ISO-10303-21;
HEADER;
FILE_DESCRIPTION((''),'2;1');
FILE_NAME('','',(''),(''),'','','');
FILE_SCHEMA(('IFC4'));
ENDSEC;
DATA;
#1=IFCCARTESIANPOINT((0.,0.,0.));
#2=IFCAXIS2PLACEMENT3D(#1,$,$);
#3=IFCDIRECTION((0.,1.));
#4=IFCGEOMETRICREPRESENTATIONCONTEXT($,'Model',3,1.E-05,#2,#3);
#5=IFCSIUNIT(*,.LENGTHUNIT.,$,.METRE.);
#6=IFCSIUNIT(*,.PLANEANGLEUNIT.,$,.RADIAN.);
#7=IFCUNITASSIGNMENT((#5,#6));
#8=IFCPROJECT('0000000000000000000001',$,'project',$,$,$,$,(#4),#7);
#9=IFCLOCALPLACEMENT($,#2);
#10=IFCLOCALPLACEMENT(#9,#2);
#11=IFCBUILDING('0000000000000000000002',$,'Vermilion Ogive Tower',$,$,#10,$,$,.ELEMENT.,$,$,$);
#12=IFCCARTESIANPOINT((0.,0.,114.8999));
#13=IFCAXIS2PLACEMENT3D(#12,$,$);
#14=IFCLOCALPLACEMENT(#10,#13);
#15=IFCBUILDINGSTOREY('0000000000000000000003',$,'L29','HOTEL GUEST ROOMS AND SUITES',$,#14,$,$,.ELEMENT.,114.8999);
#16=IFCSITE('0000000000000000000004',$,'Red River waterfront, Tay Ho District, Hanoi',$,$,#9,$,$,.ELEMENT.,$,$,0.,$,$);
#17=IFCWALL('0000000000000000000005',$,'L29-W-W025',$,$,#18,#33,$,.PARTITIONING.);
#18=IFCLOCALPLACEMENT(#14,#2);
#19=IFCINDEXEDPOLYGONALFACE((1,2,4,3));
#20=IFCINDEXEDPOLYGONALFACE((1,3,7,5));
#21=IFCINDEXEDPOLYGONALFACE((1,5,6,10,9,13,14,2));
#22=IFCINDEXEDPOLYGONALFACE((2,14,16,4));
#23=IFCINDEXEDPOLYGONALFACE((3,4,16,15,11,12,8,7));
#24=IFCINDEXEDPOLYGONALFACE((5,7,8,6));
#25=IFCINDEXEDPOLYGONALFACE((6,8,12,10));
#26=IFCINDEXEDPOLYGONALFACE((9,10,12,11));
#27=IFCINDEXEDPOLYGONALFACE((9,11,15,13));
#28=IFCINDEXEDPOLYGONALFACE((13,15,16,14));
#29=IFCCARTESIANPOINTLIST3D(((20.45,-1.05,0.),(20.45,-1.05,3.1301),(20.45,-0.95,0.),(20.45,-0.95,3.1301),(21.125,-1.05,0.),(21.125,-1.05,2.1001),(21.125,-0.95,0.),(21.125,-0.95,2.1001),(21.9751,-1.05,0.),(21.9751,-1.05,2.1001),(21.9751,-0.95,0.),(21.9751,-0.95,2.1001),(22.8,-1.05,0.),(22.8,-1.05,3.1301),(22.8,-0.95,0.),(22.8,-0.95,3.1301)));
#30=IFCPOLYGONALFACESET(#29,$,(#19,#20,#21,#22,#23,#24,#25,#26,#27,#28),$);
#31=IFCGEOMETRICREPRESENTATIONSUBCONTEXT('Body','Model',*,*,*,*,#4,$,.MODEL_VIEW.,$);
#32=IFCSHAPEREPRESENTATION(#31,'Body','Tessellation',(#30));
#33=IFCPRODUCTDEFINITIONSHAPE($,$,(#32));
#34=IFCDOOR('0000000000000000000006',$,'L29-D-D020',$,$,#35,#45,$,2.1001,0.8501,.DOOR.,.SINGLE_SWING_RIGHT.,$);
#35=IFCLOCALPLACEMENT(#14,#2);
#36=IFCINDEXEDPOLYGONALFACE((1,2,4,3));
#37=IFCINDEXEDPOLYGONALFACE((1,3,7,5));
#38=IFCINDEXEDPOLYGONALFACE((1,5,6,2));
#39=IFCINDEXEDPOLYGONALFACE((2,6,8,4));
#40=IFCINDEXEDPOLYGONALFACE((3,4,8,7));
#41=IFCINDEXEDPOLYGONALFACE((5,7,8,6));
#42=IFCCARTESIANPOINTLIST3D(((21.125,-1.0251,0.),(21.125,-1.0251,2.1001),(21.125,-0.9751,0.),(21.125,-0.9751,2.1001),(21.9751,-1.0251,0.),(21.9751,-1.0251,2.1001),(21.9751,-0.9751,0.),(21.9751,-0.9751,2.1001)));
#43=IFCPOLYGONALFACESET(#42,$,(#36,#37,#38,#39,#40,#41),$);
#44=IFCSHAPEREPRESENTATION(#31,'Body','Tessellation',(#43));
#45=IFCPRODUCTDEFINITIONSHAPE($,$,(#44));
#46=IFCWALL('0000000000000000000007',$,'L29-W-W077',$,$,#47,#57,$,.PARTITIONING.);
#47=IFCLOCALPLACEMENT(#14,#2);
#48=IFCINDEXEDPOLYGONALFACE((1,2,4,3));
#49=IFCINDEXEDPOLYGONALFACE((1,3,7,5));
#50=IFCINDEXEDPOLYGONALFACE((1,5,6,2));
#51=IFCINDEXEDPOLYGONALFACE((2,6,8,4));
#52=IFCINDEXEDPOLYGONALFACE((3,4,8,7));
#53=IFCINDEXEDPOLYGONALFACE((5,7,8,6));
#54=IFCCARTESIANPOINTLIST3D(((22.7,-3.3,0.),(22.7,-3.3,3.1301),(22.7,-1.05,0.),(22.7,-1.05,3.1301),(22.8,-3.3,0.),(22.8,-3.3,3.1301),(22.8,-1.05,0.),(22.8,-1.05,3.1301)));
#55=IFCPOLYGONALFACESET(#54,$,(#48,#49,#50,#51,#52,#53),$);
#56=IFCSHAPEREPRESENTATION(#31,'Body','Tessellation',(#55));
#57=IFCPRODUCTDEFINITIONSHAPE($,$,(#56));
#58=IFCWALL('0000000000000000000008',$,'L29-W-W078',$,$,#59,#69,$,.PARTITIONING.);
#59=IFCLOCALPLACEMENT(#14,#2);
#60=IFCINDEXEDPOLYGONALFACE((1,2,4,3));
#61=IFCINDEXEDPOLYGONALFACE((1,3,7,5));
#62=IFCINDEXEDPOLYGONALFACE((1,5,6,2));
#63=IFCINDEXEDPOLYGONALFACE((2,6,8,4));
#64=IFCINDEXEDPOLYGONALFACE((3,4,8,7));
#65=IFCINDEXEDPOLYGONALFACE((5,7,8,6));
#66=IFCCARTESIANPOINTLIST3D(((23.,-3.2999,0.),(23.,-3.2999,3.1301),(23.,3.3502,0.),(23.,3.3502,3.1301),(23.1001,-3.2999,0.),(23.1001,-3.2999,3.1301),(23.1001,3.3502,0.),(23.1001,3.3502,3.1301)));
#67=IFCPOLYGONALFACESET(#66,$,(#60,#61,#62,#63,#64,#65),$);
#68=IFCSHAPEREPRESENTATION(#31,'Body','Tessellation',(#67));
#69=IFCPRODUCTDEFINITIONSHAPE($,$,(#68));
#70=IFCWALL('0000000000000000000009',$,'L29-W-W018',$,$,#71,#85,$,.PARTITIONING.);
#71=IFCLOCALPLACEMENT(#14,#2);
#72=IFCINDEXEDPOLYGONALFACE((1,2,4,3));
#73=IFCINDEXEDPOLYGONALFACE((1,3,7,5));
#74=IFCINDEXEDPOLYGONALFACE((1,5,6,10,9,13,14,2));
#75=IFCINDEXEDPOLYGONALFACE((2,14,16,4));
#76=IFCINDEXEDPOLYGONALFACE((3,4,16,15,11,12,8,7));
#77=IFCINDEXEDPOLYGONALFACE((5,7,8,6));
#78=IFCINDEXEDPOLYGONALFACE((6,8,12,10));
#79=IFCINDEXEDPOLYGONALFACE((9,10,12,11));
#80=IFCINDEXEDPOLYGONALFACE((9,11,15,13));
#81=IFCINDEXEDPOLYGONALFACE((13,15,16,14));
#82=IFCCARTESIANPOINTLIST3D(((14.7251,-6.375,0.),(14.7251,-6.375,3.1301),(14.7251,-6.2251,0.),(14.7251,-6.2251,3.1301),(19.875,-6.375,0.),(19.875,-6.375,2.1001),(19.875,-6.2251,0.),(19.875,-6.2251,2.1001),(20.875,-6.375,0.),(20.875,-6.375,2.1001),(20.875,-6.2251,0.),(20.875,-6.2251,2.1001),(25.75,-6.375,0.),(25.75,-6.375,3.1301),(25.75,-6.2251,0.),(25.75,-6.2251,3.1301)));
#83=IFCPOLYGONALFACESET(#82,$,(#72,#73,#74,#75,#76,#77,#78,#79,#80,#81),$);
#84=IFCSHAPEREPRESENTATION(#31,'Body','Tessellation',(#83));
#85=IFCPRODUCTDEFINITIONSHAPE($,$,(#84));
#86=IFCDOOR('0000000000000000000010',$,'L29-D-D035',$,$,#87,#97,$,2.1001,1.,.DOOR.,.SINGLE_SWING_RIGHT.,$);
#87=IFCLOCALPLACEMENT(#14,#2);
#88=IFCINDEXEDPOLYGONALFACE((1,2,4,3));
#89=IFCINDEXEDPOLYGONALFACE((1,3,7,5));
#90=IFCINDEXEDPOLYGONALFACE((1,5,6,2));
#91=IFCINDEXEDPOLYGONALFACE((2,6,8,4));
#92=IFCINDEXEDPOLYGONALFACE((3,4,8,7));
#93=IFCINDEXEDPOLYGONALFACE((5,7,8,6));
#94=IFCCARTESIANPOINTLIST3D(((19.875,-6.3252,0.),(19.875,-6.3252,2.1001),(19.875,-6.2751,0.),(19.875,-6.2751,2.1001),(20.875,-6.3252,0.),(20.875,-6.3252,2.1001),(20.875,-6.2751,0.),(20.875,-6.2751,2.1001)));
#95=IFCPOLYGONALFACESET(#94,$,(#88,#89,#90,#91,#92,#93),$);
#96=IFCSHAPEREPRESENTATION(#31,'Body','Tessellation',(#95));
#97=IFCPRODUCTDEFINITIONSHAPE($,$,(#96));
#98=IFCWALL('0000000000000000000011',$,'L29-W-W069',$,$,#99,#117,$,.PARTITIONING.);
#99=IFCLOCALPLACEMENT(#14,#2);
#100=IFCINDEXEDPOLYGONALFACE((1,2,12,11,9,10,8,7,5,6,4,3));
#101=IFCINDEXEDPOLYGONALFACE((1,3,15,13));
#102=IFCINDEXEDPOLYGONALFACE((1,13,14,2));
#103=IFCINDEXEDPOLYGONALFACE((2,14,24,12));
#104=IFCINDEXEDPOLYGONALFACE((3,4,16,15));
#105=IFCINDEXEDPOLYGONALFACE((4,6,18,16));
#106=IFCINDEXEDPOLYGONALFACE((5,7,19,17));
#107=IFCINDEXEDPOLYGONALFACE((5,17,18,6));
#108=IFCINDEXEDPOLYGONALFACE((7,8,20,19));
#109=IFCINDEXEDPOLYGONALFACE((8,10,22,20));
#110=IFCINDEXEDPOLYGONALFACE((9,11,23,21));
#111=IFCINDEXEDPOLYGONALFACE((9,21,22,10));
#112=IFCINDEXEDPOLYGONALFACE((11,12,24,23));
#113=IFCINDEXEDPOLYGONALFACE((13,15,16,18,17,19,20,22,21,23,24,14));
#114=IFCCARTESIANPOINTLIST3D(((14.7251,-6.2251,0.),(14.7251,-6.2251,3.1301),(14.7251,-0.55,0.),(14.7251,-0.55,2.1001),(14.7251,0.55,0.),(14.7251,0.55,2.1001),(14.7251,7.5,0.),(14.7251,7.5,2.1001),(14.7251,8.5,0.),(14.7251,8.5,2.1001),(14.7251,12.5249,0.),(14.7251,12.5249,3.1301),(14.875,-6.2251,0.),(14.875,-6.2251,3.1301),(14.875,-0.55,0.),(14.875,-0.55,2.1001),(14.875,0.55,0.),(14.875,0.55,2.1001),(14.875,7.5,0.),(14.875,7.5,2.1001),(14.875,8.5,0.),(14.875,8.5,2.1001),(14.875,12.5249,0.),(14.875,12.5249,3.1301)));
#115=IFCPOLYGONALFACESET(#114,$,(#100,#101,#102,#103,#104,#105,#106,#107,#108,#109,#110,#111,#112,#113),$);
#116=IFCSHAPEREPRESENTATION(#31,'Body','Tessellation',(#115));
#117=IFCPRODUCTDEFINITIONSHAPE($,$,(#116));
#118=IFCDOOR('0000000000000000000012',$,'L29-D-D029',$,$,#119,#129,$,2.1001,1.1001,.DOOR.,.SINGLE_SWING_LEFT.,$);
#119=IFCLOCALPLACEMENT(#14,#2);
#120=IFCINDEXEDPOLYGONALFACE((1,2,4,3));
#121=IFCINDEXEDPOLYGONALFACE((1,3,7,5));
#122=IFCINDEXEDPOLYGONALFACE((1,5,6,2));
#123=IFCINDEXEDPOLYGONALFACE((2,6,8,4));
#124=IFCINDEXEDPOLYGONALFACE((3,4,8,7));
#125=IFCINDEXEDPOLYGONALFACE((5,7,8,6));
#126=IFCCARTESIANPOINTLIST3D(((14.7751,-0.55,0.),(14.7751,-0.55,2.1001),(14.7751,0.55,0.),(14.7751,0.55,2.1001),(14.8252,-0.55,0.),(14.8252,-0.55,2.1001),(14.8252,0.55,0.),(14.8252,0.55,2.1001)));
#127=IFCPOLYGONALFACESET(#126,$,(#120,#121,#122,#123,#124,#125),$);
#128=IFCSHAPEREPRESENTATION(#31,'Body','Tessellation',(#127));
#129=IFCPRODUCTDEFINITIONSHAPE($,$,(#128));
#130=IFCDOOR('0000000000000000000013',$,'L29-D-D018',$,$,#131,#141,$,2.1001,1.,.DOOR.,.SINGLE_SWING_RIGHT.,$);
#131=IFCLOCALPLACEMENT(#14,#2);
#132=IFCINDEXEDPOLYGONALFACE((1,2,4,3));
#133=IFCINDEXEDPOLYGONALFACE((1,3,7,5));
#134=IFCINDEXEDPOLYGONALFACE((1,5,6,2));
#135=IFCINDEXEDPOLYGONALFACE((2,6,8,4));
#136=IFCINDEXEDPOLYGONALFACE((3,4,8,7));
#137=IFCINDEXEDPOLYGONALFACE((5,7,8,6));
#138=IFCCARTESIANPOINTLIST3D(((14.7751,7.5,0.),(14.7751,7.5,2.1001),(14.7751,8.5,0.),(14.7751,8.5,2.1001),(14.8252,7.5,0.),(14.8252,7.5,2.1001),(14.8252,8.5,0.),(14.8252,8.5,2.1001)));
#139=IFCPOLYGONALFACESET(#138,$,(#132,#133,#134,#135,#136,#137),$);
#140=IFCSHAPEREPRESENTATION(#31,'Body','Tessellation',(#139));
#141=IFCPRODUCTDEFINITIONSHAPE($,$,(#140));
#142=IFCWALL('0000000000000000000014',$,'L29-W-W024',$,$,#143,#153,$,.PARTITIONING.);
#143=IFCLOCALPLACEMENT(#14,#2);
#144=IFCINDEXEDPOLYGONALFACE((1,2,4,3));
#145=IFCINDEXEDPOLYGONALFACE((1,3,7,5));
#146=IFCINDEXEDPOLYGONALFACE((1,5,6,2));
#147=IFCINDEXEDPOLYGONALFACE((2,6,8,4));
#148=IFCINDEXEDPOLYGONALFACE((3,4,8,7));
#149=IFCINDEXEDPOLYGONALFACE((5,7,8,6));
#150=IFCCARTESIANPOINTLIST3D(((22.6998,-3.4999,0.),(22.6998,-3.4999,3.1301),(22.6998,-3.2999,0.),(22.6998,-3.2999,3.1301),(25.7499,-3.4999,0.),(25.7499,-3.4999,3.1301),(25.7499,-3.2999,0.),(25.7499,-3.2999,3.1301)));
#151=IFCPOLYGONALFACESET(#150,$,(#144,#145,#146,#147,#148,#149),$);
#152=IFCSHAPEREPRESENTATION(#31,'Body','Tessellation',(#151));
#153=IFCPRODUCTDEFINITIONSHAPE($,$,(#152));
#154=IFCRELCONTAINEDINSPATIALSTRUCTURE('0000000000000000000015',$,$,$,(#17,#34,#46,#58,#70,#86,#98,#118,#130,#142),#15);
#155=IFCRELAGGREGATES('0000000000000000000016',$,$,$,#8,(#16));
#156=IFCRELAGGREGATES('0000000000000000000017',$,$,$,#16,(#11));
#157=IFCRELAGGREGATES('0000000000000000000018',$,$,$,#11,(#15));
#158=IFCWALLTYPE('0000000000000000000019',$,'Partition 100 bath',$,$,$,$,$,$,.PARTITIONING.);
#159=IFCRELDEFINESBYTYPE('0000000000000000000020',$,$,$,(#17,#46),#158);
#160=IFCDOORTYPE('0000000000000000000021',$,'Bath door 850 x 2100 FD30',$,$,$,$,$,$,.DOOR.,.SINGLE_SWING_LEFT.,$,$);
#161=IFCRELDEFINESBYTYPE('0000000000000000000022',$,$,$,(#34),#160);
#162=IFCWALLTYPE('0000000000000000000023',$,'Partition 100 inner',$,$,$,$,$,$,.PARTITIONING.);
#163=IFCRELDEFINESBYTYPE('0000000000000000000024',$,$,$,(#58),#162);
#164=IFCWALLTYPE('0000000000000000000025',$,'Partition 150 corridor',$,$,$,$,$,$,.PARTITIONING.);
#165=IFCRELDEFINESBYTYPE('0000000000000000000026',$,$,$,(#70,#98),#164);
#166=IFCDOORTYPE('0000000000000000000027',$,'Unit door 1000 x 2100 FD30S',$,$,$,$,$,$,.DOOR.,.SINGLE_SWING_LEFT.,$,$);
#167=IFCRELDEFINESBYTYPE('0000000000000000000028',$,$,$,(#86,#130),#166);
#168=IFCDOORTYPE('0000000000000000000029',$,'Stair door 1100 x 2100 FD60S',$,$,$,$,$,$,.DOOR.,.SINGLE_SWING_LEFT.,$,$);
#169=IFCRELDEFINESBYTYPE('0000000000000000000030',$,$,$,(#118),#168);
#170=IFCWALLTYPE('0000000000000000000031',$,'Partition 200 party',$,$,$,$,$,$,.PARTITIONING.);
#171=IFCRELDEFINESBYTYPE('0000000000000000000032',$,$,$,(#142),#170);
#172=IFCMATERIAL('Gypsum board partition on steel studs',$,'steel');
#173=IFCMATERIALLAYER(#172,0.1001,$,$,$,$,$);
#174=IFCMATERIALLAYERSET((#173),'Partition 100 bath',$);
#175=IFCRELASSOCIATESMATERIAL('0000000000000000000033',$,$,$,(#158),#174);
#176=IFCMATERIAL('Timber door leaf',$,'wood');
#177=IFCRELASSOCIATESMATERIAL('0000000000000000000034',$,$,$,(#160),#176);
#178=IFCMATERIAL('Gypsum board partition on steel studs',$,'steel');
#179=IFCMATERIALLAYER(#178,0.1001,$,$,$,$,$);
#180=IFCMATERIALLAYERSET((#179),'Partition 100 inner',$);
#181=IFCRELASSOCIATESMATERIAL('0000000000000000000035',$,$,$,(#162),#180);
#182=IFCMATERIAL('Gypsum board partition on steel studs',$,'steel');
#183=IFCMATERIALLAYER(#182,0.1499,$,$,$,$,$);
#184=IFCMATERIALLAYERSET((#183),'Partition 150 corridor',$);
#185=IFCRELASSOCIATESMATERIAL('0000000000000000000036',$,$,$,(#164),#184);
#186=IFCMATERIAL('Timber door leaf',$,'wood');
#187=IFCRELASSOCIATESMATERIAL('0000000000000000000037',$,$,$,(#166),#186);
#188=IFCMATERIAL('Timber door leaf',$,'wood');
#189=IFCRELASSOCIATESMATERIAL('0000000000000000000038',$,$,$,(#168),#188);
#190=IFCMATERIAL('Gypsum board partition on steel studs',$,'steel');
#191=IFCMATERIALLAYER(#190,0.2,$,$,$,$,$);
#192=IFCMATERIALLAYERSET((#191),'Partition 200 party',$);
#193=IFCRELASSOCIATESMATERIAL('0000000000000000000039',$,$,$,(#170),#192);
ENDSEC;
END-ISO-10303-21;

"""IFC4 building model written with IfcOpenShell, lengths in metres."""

from ifc_helpers import new_model, si_unit, direction, frame, frame_2d, origin, place, context, subcontext, project, spatial, rectangle, extrude, material, layer, layer_set, type_object, element, fill, save


model = new_model("IFC4")

# Units and contexts
model_context = context("Model", 3, precision=1e-05, world=origin(), true_north=direction((0.0, 1.0)))
body_context = subcontext(model_context, "Body", "Model", "MODEL_VIEW")
ifc_project = project(units=[si_unit("LENGTHUNIT", "METRE"), si_unit("PLANEANGLEUNIT", "RADIAN")], contexts=[model_context])

# Site, building, storey
site_placement = place(None, origin())
site = spatial("IfcSite", under=ifc_project, at=site_placement, Name="Red River waterfront, Tay Ho District, Hanoi", CompositionType="ELEMENT", RefElevation=0.0)
building_placement = place(site_placement, origin())
building = spatial("IfcBuilding", under=site, at=building_placement, Name="Vermilion Ogive Tower", CompositionType="ELEMENT")
storey_placement = place(building_placement, frame((0.0, 0.0, 114.8999)))
storey = spatial("IfcBuildingStorey", under=building, at=storey_placement, Name="L29", Description="HOTEL GUEST ROOMS AND SUITES", CompositionType="ELEMENT", Elevation=114.8999)

# Shared definitions
ifc_material_1 = material(Name="Gypsum board partition on steel studs", Category="steel")
ifc_layer_1 = layer(ifc_material_1, 0.1001)
ifc_layer_set_1 = layer_set([ifc_layer_1], Name="Partition 100 bath")
wall_type_1 = type_object("IfcWallType", Name="Partition 100 bath", PredefinedType="PARTITIONING", material=ifc_layer_set_1)

# Wall, opening, door
wall_1_placement = place(storey_placement, frame((20.45, -1.0, 0.0), z_axis=(0.0, 0.0, 1.0), x_axis=(1.0, 0.0, 0.0)))
wall_1 = element("IfcWall", 1, at=wall_1_placement, inside=storey, type_object=wall_type_1, Name="L29-W-W025", PredefinedType="PARTITIONING", context=body_context, shape_type="SweptSolid", body=[
    extrude(rectangle(XDim=2.3501, YDim=0.1001, at=frame_2d((1.175, 0.0))), origin(), (0.0, 0.0, 1.0), 3.1301),
])
opening_1_placement = place(wall_1_placement, frame((0.675, 0.0, 0.0)))
opening_1 = element("IfcOpeningElement", 2, at=opening_1_placement, cuts=wall_1, PredefinedType="OPENING", context=body_context, shape_type="SweptSolid", body=[
    extrude(rectangle(XDim=0.8501, YDim=2.1001, at=frame_2d((0.425, 1.05))), frame((0.0, 0.0601, 0.0), z_axis=(0.0, -1.0, 0.0), x_axis=(1.0, 0.0, 0.0)), (0.0, 0.0, 1.0), 0.1201),
])
ifc_material_2 = material(Name="Timber door leaf", Category="wood")
door_type_1 = type_object("IfcDoorType", Name="Bath door 850 x 2100 FD30", OperationType="SINGLE_SWING_LEFT", PredefinedType="DOOR", material=ifc_material_2)
door_1_placement = place(opening_1_placement, origin())
door_1 = element("IfcDoor", 3, at=door_1_placement, inside=storey, type_object=door_type_1, Name="L29-D-D020", OperationType="SINGLE_SWING_RIGHT", OverallHeight=2.1001, OverallWidth=0.8501, PredefinedType="DOOR", context=body_context, shape_type="SweptSolid", body=[
    extrude(rectangle(XDim=0.8501, YDim=2.1001, at=frame_2d((0.425, 1.05))), frame((0.0, 0.0249, 0.0), z_axis=(0.0, -1.0, 0.0), x_axis=(1.0, 0.0, 0.0)), (0.0, 0.0, 1.0), 0.05),
])
fill(opening_1, door_1)

# Walls
wall_2_placement = place(storey_placement, frame((22.75, -3.3, 0.0), z_axis=(0.0, 0.0, 1.0), x_axis=(0.0, 1.0, 0.0)))
element("IfcWall", 4, at=wall_2_placement, inside=storey, type_object=wall_type_1, Name="L29-W-W077", PredefinedType="PARTITIONING", context=body_context, shape_type="SweptSolid", body=[
    extrude(rectangle(XDim=2.25, YDim=0.1001, at=frame_2d((1.125, 0.0))), origin(), (0.0, 0.0, 1.0), 3.1301),
])
ifc_material_3 = material(Name="Gypsum board partition on steel studs", Category="steel")
ifc_layer_2 = layer(ifc_material_3, 0.1001)
ifc_layer_set_2 = layer_set([ifc_layer_2], Name="Partition 100 inner")
wall_type_2 = type_object("IfcWallType", Name="Partition 100 inner", PredefinedType="PARTITIONING", material=ifc_layer_set_2)
wall_3_placement = place(storey_placement, frame((23.05, -3.3, 0.0), z_axis=(0.0, 0.0, 1.0), x_axis=(0.0, 1.0, 0.0)))
element("IfcWall", 5, at=wall_3_placement, inside=storey, type_object=wall_type_2, Name="L29-W-W078", PredefinedType="PARTITIONING", context=body_context, shape_type="SweptSolid", body=[
    extrude(rectangle(XDim=6.6501, YDim=0.1001, at=frame_2d((3.3252, 0.0))), origin(), (0.0, 0.0, 1.0), 3.1301),
])

# Wall, opening, door
ifc_material_4 = material(Name="Gypsum board partition on steel studs", Category="steel")
ifc_layer_3 = layer(ifc_material_4, 0.1499)
ifc_layer_set_3 = layer_set([ifc_layer_3], Name="Partition 150 corridor")
wall_type_3 = type_object("IfcWallType", Name="Partition 150 corridor", PredefinedType="PARTITIONING", material=ifc_layer_set_3)
wall_4_placement = place(storey_placement, frame((14.7251, -6.3, 0.0), z_axis=(0.0, 0.0, 1.0), x_axis=(1.0, 0.0, 0.0)))
wall_4 = element("IfcWall", 6, at=wall_4_placement, inside=storey, type_object=wall_type_3, Name="L29-W-W018", PredefinedType="PARTITIONING", context=body_context, shape_type="SweptSolid", body=[
    extrude(rectangle(XDim=11.0249, YDim=0.1499, at=frame_2d((5.5125, 0.0))), origin(), (0.0, 0.0, 1.0), 3.1301),
])
opening_2_placement = place(wall_4_placement, frame((5.1499, 0.0, 0.0)))
opening_2 = element("IfcOpeningElement", 7, at=opening_2_placement, cuts=wall_4, PredefinedType="OPENING", context=body_context, shape_type="SweptSolid", body=[
    extrude(rectangle(XDim=1.0, YDim=2.1001, at=frame_2d((0.5, 1.05))), frame((0.0, 0.085, 0.0), z_axis=(0.0, -1.0, 0.0), x_axis=(1.0, 0.0, 0.0)), (0.0, 0.0, 1.0), 0.1699),
])
ifc_material_5 = material(Name="Timber door leaf", Category="wood")
door_type_2 = type_object("IfcDoorType", Name="Unit door 1000 x 2100 FD30S", OperationType="SINGLE_SWING_LEFT", PredefinedType="DOOR", material=ifc_material_5)
door_2_placement = place(opening_2_placement, origin())
door_2 = element("IfcDoor", 8, at=door_2_placement, inside=storey, type_object=door_type_2, Name="L29-D-D035", OperationType="SINGLE_SWING_RIGHT", OverallHeight=2.1001, OverallWidth=1.0, PredefinedType="DOOR", context=body_context, shape_type="SweptSolid", body=[
    extrude(rectangle(XDim=1.0, YDim=2.1001, at=frame_2d((0.5, 1.05))), frame((0.0, 0.0249, 0.0), z_axis=(0.0, -1.0, 0.0), x_axis=(1.0, 0.0, 0.0)), (0.0, 0.0, 1.0), 0.05),
])
fill(opening_2, door_2)

# Wall, openings, doors
wall_5_placement = place(storey_placement, frame((14.8, -6.2251, 0.0), z_axis=(0.0, 0.0, 1.0), x_axis=(0.0, 1.0, 0.0)))
wall_5 = element("IfcWall", 9, at=wall_5_placement, inside=storey, type_object=wall_type_3, Name="L29-W-W069", PredefinedType="PARTITIONING", context=body_context, shape_type="SweptSolid", body=[
    extrude(rectangle(XDim=18.75, YDim=0.1499, at=frame_2d((9.375, 0.0))), origin(), (0.0, 0.0, 1.0), 3.1301),
])
opening_3_placement = place(wall_5_placement, frame((13.7251, 0.0, 0.0)))
opening_3 = element("IfcOpeningElement", 10, at=opening_3_placement, cuts=wall_5, PredefinedType="OPENING", context=body_context, shape_type="SweptSolid", body=[
    extrude(rectangle(XDim=1.0, YDim=2.1001, at=frame_2d((0.5, 1.05))), frame((0.0, 0.085, 0.0), z_axis=(0.0, -1.0, 0.0), x_axis=(1.0, 0.0, 0.0)), (0.0, 0.0, 1.0), 0.1699),
])
opening_4_placement = place(wall_5_placement, frame((5.675, 0.0, 0.0)))
opening_4 = element("IfcOpeningElement", 11, at=opening_4_placement, cuts=wall_5, PredefinedType="OPENING", context=body_context, shape_type="SweptSolid", body=[
    extrude(rectangle(XDim=1.1001, YDim=2.1001, at=frame_2d((0.55, 1.05))), frame((0.0, 0.085, 0.0), z_axis=(0.0, -1.0, 0.0), x_axis=(1.0, 0.0, 0.0)), (0.0, 0.0, 1.0), 0.1699),
])
ifc_material_6 = material(Name="Timber door leaf", Category="wood")
door_type_3 = type_object("IfcDoorType", Name="Stair door 1100 x 2100 FD60S", OperationType="SINGLE_SWING_LEFT", PredefinedType="DOOR", material=ifc_material_6)
door_3_placement = place(opening_4_placement, origin())
door_3 = element("IfcDoor", 12, at=door_3_placement, inside=storey, type_object=door_type_3, Name="L29-D-D029", OperationType="SINGLE_SWING_LEFT", OverallHeight=2.1001, OverallWidth=1.1001, PredefinedType="DOOR", context=body_context, shape_type="SweptSolid", body=[
    extrude(rectangle(XDim=1.1001, YDim=2.1001, at=frame_2d((0.55, 1.05))), frame((0.0, 0.0249, 0.0), z_axis=(0.0, -1.0, 0.0), x_axis=(1.0, 0.0, 0.0)), (0.0, 0.0, 1.0), 0.05),
])
fill(opening_4, door_3)
door_4_placement = place(opening_3_placement, origin())
door_4 = element("IfcDoor", 13, at=door_4_placement, inside=storey, type_object=door_type_2, Name="L29-D-D018", OperationType="SINGLE_SWING_RIGHT", OverallHeight=2.1001, OverallWidth=1.0, PredefinedType="DOOR", context=body_context, shape_type="SweptSolid", body=[
    extrude(rectangle(XDim=1.0, YDim=2.1001, at=frame_2d((0.5, 1.05))), frame((0.0, 0.0249, 0.0), z_axis=(0.0, -1.0, 0.0), x_axis=(1.0, 0.0, 0.0)), (0.0, 0.0, 1.0), 0.05),
])
fill(opening_3, door_4)

# Wall
ifc_material_7 = material(Name="Gypsum board partition on steel studs", Category="steel")
ifc_layer_4 = layer(ifc_material_7, 0.2)
ifc_layer_set_4 = layer_set([ifc_layer_4], Name="Partition 200 party")
wall_type_4 = type_object("IfcWallType", Name="Partition 200 party", PredefinedType="PARTITIONING", material=ifc_layer_set_4)
wall_6_placement = place(storey_placement, frame((22.7, -3.3999, 0.0), z_axis=(0.0, 0.0, 1.0), x_axis=(1.0, 0.0, 0.0)))
element("IfcWall", 14, at=wall_6_placement, inside=storey, type_object=wall_type_4, Name="L29-W-W024", PredefinedType="PARTITIONING", context=body_context, shape_type="SweptSolid", body=[
    extrude(rectangle(XDim=3.05, YDim=0.2, at=frame_2d((1.5249, 0.0))), origin(), (0.0, 0.0, 1.0), 3.1301),
])

save(model, "model.ifc")
